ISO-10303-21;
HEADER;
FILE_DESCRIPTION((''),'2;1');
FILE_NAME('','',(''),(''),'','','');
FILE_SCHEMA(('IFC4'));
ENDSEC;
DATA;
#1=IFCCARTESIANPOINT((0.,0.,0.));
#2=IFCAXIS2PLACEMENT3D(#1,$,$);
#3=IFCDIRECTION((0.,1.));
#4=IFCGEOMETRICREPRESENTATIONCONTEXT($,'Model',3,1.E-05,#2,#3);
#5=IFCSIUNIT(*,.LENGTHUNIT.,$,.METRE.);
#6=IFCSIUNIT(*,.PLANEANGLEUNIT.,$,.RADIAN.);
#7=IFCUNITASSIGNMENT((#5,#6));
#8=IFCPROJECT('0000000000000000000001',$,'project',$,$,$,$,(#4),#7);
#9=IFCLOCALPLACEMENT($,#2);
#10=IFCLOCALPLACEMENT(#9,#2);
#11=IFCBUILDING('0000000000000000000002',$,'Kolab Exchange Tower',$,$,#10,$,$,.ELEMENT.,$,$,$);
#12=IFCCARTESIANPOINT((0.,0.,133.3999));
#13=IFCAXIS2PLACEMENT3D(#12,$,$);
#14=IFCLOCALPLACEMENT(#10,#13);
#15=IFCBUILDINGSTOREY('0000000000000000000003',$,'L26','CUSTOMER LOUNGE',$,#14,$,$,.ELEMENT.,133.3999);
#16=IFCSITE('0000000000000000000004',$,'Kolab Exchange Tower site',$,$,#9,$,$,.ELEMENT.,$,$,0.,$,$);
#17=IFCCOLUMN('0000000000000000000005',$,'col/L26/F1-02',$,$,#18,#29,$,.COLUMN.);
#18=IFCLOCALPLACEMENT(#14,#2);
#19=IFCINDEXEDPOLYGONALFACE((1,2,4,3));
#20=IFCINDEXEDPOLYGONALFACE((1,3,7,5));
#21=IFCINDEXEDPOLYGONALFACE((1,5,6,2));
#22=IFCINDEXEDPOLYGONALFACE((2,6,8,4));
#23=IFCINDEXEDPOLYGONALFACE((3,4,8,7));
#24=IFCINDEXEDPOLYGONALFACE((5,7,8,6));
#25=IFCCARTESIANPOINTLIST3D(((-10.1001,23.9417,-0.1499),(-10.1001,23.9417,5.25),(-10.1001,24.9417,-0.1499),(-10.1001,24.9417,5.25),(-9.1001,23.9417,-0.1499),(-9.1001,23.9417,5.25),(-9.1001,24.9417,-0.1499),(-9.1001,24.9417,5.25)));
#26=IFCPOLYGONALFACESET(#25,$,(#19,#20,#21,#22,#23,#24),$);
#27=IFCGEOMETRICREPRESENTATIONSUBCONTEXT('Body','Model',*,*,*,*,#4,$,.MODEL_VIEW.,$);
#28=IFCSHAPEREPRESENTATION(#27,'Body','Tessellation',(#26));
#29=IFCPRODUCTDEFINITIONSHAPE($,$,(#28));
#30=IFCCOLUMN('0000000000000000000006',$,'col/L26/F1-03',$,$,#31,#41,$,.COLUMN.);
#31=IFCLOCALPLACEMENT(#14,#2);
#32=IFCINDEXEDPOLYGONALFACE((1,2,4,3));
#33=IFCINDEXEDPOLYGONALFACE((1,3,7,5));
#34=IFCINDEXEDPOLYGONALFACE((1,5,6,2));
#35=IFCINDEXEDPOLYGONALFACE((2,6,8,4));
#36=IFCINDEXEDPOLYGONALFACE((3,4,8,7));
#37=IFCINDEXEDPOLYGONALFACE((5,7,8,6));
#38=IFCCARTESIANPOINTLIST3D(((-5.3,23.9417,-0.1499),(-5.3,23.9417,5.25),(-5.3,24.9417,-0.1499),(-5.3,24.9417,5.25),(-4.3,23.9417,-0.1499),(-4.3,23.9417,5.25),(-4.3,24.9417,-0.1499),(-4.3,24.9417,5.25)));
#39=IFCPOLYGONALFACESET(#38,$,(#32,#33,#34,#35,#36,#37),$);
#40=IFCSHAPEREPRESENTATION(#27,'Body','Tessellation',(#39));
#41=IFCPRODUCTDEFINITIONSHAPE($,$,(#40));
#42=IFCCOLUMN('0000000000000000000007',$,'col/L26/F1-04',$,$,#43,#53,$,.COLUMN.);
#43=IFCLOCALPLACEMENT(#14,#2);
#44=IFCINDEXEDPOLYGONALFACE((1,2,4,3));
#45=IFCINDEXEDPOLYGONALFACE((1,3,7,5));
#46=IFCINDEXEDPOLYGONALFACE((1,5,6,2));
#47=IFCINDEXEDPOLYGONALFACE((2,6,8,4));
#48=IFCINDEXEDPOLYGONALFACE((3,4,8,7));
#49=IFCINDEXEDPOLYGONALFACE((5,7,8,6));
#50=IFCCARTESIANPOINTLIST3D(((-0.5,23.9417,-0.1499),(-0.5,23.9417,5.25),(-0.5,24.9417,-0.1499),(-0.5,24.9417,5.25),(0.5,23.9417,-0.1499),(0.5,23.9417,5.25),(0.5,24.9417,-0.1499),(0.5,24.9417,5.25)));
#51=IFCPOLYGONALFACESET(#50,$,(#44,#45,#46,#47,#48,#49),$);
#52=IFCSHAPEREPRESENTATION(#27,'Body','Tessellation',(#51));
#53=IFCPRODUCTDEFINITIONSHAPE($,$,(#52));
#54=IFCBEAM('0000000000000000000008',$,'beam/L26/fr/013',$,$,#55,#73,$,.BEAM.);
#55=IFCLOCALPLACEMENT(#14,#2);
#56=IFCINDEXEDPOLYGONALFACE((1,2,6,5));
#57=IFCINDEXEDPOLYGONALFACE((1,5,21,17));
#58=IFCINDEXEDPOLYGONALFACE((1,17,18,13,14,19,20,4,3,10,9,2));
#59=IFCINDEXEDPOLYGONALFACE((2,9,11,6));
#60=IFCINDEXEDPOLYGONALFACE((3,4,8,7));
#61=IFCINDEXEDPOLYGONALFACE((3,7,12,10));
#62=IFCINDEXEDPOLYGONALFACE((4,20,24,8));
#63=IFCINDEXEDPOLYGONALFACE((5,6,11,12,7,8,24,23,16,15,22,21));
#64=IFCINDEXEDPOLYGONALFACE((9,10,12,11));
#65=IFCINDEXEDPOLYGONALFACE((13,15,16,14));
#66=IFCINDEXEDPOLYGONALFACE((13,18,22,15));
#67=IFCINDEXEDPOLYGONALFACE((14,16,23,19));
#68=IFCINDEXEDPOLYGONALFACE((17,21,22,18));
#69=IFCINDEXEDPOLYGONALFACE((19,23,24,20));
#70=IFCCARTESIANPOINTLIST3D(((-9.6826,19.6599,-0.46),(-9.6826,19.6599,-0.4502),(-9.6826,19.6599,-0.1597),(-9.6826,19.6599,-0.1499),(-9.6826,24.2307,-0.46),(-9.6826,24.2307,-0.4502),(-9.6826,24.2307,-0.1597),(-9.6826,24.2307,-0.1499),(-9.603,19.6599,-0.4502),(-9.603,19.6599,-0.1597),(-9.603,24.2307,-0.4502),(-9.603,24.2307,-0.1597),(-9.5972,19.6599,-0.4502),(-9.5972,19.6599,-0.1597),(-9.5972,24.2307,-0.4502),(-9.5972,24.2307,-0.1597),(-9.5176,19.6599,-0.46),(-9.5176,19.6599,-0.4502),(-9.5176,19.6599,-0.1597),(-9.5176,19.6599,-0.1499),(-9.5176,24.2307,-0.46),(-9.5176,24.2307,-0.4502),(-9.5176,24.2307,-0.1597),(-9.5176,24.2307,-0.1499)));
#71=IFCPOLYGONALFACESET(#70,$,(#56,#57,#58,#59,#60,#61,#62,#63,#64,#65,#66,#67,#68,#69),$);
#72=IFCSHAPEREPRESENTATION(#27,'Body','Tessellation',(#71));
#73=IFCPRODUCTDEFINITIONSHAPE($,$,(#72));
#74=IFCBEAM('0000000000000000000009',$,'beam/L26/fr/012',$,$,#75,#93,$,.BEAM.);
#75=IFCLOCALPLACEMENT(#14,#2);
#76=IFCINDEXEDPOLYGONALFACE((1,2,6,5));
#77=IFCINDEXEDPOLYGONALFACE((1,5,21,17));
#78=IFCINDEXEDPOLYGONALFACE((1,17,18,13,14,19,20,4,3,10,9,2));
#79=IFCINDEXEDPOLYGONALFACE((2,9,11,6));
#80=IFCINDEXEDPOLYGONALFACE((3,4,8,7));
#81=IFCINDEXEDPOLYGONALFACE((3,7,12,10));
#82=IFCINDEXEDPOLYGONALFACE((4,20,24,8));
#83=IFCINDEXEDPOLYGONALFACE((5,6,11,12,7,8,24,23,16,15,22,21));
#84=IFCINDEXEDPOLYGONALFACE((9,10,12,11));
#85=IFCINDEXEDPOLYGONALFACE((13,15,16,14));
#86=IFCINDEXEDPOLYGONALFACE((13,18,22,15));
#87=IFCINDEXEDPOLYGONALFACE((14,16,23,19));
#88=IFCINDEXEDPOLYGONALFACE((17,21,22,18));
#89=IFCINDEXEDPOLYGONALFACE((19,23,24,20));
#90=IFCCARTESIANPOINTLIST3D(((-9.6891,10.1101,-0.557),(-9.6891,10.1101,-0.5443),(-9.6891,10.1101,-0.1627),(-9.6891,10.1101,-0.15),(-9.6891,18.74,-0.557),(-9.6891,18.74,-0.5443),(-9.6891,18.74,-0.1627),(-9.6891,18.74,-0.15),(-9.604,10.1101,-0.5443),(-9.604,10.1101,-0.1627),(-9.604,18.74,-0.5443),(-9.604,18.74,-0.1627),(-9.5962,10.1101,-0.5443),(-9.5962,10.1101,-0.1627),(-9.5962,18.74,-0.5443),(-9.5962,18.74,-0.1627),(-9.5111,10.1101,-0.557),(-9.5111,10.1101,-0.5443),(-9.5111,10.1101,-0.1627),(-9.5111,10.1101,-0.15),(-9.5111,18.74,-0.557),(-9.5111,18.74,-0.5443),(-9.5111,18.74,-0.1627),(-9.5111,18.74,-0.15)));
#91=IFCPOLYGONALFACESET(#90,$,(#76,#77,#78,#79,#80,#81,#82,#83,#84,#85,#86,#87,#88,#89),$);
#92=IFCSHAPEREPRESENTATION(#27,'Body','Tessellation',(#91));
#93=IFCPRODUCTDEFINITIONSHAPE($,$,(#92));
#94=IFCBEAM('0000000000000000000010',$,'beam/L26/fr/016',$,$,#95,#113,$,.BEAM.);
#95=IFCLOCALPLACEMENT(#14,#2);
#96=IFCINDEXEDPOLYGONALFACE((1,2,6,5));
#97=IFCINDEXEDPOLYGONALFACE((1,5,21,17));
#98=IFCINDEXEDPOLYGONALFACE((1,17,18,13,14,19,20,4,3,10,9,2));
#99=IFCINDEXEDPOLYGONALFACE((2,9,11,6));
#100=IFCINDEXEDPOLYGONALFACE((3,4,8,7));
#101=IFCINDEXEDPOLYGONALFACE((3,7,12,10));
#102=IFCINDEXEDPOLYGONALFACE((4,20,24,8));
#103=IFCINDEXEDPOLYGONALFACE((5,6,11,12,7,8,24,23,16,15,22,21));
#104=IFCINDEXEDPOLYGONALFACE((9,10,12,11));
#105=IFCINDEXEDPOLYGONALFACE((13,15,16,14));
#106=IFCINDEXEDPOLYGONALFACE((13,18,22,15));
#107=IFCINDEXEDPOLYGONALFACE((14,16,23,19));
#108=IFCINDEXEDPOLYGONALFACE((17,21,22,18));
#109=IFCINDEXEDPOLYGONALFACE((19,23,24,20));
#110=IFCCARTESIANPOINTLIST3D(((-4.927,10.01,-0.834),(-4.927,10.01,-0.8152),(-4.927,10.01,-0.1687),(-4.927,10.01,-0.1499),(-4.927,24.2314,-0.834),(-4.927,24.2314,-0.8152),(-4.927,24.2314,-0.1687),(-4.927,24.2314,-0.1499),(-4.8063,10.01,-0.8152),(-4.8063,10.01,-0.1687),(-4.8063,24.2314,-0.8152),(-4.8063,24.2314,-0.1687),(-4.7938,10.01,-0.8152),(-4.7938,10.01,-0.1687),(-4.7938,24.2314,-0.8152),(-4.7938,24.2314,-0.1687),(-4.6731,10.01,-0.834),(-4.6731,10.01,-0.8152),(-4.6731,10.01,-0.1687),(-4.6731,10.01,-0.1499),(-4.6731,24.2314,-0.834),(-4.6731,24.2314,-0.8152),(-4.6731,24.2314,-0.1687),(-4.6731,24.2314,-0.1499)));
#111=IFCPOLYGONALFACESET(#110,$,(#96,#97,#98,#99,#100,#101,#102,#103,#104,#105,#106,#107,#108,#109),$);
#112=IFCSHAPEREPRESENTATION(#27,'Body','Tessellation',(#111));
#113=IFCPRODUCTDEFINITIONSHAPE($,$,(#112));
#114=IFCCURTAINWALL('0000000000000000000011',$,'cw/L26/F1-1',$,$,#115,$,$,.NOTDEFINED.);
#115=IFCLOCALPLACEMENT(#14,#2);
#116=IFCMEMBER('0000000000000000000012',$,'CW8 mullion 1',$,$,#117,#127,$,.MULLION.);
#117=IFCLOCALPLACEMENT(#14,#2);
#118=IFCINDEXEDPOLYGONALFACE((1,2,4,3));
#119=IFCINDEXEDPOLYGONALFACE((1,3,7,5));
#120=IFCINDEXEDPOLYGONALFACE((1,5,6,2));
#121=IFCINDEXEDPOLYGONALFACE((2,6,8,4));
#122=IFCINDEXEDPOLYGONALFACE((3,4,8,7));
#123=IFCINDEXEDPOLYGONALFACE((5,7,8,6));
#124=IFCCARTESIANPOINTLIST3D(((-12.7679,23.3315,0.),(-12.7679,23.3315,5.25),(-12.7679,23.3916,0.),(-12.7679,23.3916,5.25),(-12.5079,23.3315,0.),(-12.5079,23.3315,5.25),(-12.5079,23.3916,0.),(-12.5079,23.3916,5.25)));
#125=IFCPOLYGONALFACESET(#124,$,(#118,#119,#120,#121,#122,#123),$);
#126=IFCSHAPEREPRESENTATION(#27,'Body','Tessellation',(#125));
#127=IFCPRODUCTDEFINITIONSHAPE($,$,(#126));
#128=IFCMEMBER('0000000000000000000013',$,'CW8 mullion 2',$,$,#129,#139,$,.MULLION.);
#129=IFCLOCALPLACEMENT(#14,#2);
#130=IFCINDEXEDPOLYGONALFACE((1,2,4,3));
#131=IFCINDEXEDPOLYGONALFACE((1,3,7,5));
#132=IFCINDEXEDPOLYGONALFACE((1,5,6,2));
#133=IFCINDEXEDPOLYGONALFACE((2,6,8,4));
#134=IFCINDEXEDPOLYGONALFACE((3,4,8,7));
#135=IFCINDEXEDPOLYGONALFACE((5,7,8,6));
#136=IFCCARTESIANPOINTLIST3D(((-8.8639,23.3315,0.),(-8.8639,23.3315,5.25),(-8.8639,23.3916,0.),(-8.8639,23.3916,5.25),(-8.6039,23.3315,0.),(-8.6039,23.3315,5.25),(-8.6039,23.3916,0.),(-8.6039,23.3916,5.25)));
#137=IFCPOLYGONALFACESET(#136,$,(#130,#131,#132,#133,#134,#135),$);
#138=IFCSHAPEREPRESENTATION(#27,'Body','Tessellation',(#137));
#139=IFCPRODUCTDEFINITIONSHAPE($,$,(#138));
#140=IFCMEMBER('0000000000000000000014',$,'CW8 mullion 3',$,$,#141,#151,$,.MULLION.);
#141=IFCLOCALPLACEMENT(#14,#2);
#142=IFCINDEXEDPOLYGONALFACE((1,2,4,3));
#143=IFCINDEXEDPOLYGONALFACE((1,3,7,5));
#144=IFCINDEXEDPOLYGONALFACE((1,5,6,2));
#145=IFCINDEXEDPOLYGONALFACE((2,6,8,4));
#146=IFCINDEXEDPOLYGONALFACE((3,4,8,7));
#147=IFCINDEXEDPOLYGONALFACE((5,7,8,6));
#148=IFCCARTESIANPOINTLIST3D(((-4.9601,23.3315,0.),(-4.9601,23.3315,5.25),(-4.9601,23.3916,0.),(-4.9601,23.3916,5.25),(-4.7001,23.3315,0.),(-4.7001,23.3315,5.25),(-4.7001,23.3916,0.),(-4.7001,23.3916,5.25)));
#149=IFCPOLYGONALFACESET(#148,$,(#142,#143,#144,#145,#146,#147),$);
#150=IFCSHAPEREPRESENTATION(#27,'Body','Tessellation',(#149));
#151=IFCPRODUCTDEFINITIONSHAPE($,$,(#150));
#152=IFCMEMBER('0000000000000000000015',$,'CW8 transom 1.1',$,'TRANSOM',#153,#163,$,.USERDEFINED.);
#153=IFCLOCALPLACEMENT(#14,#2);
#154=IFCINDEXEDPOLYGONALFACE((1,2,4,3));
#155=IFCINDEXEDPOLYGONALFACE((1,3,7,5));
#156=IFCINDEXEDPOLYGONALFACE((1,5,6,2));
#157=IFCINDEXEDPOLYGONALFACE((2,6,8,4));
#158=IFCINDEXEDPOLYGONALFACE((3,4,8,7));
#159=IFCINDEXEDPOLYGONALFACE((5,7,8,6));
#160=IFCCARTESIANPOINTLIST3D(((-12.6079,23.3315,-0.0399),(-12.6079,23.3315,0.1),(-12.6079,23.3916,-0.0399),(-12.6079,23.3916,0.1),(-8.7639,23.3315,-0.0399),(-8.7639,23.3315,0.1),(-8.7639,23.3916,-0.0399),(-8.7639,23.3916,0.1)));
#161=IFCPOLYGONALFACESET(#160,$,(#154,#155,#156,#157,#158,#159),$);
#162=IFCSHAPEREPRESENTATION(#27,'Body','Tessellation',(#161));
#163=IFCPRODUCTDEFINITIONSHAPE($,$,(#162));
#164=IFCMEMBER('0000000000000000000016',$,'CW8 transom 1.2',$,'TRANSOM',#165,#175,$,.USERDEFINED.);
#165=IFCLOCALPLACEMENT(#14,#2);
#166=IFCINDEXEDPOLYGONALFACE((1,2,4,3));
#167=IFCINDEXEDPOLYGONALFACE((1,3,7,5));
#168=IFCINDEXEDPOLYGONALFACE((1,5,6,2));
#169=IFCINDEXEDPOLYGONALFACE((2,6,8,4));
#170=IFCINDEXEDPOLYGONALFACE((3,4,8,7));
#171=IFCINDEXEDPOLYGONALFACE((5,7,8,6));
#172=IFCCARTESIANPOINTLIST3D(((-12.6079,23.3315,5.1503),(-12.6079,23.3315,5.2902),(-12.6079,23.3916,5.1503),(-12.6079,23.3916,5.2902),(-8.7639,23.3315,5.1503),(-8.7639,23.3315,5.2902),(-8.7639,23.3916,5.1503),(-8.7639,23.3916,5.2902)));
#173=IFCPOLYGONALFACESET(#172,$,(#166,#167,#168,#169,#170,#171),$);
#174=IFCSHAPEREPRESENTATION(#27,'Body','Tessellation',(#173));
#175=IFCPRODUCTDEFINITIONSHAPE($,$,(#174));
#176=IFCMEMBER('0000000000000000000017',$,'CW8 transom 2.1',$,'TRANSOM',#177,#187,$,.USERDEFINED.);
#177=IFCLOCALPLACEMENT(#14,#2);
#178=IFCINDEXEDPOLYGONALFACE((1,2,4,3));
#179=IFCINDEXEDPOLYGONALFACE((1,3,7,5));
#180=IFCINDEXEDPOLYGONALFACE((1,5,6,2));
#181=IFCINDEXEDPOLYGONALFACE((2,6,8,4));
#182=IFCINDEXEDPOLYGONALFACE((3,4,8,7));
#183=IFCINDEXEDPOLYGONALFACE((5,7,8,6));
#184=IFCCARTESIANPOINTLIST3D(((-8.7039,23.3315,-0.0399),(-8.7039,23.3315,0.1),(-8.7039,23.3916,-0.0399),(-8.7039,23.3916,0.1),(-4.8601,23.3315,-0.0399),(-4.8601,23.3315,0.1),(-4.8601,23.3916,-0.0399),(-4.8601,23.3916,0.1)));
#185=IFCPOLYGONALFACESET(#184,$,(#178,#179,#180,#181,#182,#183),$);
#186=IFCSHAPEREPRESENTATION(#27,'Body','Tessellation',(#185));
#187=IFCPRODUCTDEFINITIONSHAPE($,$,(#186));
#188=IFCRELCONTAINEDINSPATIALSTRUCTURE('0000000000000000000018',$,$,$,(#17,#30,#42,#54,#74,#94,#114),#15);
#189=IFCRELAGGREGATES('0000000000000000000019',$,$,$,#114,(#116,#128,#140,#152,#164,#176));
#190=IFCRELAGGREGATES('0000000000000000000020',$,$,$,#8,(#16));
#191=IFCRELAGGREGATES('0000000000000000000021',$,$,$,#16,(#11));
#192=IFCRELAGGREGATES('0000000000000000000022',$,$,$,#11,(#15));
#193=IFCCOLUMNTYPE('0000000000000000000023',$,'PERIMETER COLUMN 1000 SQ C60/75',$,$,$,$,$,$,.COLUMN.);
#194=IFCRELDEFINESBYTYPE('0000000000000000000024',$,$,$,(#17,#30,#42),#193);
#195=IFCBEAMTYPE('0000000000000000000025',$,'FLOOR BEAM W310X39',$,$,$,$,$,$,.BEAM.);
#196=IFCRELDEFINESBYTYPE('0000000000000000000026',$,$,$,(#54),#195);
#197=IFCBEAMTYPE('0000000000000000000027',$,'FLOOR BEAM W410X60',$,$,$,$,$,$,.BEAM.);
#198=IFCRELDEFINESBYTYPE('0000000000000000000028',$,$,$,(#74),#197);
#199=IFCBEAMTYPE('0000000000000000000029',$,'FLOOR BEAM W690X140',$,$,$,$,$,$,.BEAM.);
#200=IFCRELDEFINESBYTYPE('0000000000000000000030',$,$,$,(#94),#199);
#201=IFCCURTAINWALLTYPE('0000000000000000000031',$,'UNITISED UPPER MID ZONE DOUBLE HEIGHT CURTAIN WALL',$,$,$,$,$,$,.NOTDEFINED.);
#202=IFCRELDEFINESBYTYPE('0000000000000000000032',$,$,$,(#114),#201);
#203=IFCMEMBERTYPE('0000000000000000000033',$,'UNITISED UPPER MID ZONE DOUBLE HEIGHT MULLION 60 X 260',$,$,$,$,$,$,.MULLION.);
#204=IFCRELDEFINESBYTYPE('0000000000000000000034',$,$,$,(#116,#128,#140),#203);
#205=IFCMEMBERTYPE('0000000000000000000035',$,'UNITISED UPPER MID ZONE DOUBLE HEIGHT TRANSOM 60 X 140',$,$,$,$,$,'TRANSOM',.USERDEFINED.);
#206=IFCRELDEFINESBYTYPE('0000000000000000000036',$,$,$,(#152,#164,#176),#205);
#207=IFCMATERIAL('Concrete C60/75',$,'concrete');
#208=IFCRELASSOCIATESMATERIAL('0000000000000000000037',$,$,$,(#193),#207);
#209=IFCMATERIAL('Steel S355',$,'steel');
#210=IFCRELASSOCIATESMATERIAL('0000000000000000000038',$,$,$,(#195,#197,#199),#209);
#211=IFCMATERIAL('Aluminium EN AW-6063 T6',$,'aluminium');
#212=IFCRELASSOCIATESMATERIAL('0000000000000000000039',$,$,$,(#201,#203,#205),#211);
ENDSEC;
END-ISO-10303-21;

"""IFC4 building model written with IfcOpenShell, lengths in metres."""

from ifc_helpers import new_model, si_unit, direction, frame, origin, origin_2d, place, context, subcontext, project, spatial, rectangle, i_section, extrude, material, material_profile, profile_set, type_object, element, aggregate, save


model = new_model("IFC4")

# Units and contexts
model_context = context("Model", 3, precision=1e-05, world=origin(), true_north=direction((0.0, 1.0)))
body_context = subcontext(model_context, "Body", "Model", "MODEL_VIEW")
ifc_project = project(units=[si_unit("LENGTHUNIT", "METRE"), si_unit("PLANEANGLEUNIT", "RADIAN")], contexts=[model_context])

# Site, building, storey
site_placement = place(None, origin())
site = spatial("IfcSite", under=ifc_project, at=site_placement, Name="Kolab Exchange Tower site", CompositionType="ELEMENT", RefElevation=0.0)
building_placement = place(site_placement, origin())
building = spatial("IfcBuilding", under=site, at=building_placement, Name="Kolab Exchange Tower", CompositionType="ELEMENT")
storey_placement = place(building_placement, frame((0.0, 0.0, 133.3999)))
storey = spatial("IfcBuildingStorey", under=building, at=storey_placement, Name="L26", Description="CUSTOMER LOUNGE", CompositionType="ELEMENT", Elevation=133.3999)

# Columns
ifc_material_1 = material(Name="Concrete C60/75", Category="concrete")
ifc_material_profile_1 = material_profile(ifc_material_1, rectangle(XDim=1.0, YDim=1.0, at=origin_2d()), Name="RC1000")
ifc_profile_set_1 = profile_set([ifc_material_profile_1], Name="Concrete C60/75")
column_type = type_object("IfcColumnType", Name="PERIMETER COLUMN 1000 SQ C60/75", PredefinedType="COLUMN", material=ifc_profile_set_1)
for number, where, z_axis, x_axis, name in (
    (1, (-9.6001, 24.4417, -0.1499), (0.0, 0.0, 1.0), (1.0, 0.0, 0.0), "col/L26/F1-02"),
    (2, (-4.8, 24.4417, -0.1499), (0.0, 0.0, 1.0), (1.0, 0.0, 0.0), "col/L26/F1-03"),
    (3, (0.0, 24.4417, -0.1499), (0.0, 0.0, 1.0), (1.0, 0.0, 0.0), "col/L26/F1-04"),
):
    element("IfcColumn", number, at=place(storey_placement, frame(where, z_axis=z_axis, x_axis=x_axis)), inside=storey, type_object=column_type, Name=name, PredefinedType="COLUMN", context=body_context, shape_type="SweptSolid", body=[
        extrude(rectangle(XDim=1.0, YDim=1.0, at=origin_2d()), origin(), (0.0, 0.0, 1.0), 5.3999),
    ])

# Beams
ifc_material_2 = material(Name="Steel S355", Category="steel")
ifc_material_profile_2 = material_profile(ifc_material_2, i_section(OverallWidth=0.165, OverallDepth=0.3101, WebThickness=0.0059, FlangeThickness=0.0098, at=origin_2d()), Name="W310X39")
ifc_profile_set_2 = profile_set([ifc_material_profile_2], Name="Steel S355")
beam_type_1 = type_object("IfcBeamType", Name="FLOOR BEAM W310X39", PredefinedType="BEAM", material=ifc_profile_set_2)
beam_1_placement = place(storey_placement, frame((-9.6001, 19.6599, -0.3049), z_axis=(0.0, 1.0, 0.0), x_axis=(-1.0, 0.0, 0.0)))
element("IfcBeam", 4, at=beam_1_placement, inside=storey, type_object=beam_type_1, Name="beam/L26/fr/013", PredefinedType="BEAM", context=body_context, shape_type="SweptSolid", body=[
    extrude(i_section(OverallWidth=0.165, OverallDepth=0.3101, WebThickness=0.0059, FlangeThickness=0.0098, at=origin_2d()), origin(), (0.0, 0.0, 1.0), 4.5708),
])
ifc_material_profile_3 = material_profile(ifc_material_2, i_section(OverallWidth=0.178, OverallDepth=0.407, WebThickness=0.0078, FlangeThickness=0.0127, at=origin_2d()), Name="W410X60")
ifc_profile_set_3 = profile_set([ifc_material_profile_3], Name="Steel S355")
beam_type_2 = type_object("IfcBeamType", Name="FLOOR BEAM W410X60", PredefinedType="BEAM", material=ifc_profile_set_3)
beam_2_placement = place(storey_placement, frame((-9.6001, 10.1101, -0.3535), z_axis=(0.0, 1.0, 0.0), x_axis=(-1.0, 0.0, 0.0)))
element("IfcBeam", 5, at=beam_2_placement, inside=storey, type_object=beam_type_2, Name="beam/L26/fr/012", PredefinedType="BEAM", context=body_context, shape_type="SweptSolid", body=[
    extrude(i_section(OverallWidth=0.178, OverallDepth=0.407, WebThickness=0.0078, FlangeThickness=0.0127, at=origin_2d()), origin(), (0.0, 0.0, 1.0), 8.6299),
])
ifc_material_profile_4 = material_profile(ifc_material_2, i_section(OverallWidth=0.2539, OverallDepth=0.6841, WebThickness=0.0125, FlangeThickness=0.0188, at=origin_2d()), Name="W690X140")
ifc_profile_set_4 = profile_set([ifc_material_profile_4], Name="Steel S355")
beam_type_3 = type_object("IfcBeamType", Name="FLOOR BEAM W690X140", PredefinedType="BEAM", material=ifc_profile_set_4)
beam_3_placement = place(storey_placement, frame((-4.8, 10.01, -0.4919), z_axis=(0.0, 1.0, 0.0), x_axis=(-1.0, 0.0, 0.0)))
element("IfcBeam", 6, at=beam_3_placement, inside=storey, type_object=beam_type_3, Name="beam/L26/fr/016", PredefinedType="BEAM", context=body_context, shape_type="SweptSolid", body=[
    extrude(i_section(OverallWidth=0.2539, OverallDepth=0.6841, WebThickness=0.0125, FlangeThickness=0.0188, at=origin_2d()), origin(), (0.0, 0.0, 1.0), 14.2214),
])

# Curtain wall, members
ifc_material_3 = material(Name="Aluminium EN AW-6063 T6", Category="aluminium")
curtain_wall_type = type_object("IfcCurtainWallType", Name="UNITISED UPPER MID ZONE DOUBLE HEIGHT CURTAIN WALL", PredefinedType="NOTDEFINED", material=ifc_material_3)
curtain_wall_placement = place(storey_placement, origin())
curtain_wall = element("IfcCurtainWall", 7, at=curtain_wall_placement, inside=storey, type_object=curtain_wall_type, Name="cw/L26/F1-1", PredefinedType="NOTDEFINED")
ifc_material_profile_5 = material_profile(ifc_material_3, rectangle(XDim=0.0601, YDim=0.26, at=origin_2d()), Name="RECT 60X260")
ifc_profile_set_5 = profile_set([ifc_material_profile_5], Name="Aluminium EN AW-6063 T6")
member_type_1 = type_object("IfcMemberType", Name="UNITISED UPPER MID ZONE DOUBLE HEIGHT MULLION 60 X 260", PredefinedType="MULLION", material=ifc_profile_set_5)
member_1_placement = place(storey_placement, frame((-12.6379, 23.3616, 0.0), z_axis=(0.0, 0.0, 1.0), x_axis=(0.0, 1.0, 0.0)))
member_1 = element("IfcMember", 8, at=member_1_placement, type_object=member_type_1, Name="CW8 mullion 1", PredefinedType="MULLION", context=body_context, shape_type="SweptSolid", body=[
    extrude(rectangle(XDim=0.0601, YDim=0.26, at=origin_2d()), origin(), (0.0, 0.0, 1.0), 5.25),
])
member_2_placement = place(storey_placement, frame((-8.7339, 23.3616, 0.0), z_axis=(0.0, 0.0, 1.0), x_axis=(0.0, 1.0, 0.0)))
member_2 = element("IfcMember", 9, at=member_2_placement, type_object=member_type_1, Name="CW8 mullion 2", PredefinedType="MULLION", context=body_context, shape_type="SweptSolid", body=[
    extrude(rectangle(XDim=0.0601, YDim=0.26, at=origin_2d()), origin(), (0.0, 0.0, 1.0), 5.25),
])
member_3_placement = place(storey_placement, frame((-4.8301, 23.3616, 0.0), z_axis=(0.0, 0.0, 1.0), x_axis=(0.0, 1.0, 0.0)))
member_3 = element("IfcMember", 10, at=member_3_placement, type_object=member_type_1, Name="CW8 mullion 3", PredefinedType="MULLION", context=body_context, shape_type="SweptSolid", body=[
    extrude(rectangle(XDim=0.0601, YDim=0.26, at=origin_2d()), origin(), (0.0, 0.0, 1.0), 5.25),
])
ifc_material_profile_6 = material_profile(ifc_material_3, rectangle(XDim=0.0601, YDim=0.1399, at=origin_2d()), Name="RECT 60X140")
ifc_profile_set_6 = profile_set([ifc_material_profile_6], Name="Aluminium EN AW-6063 T6")
member_type_2 = type_object("IfcMemberType", Name="UNITISED UPPER MID ZONE DOUBLE HEIGHT TRANSOM 60 X 140", ElementType="TRANSOM", PredefinedType="USERDEFINED", material=ifc_profile_set_6)
member_4_placement = place(storey_placement, frame((-12.6079, 23.3616, 0.03), z_axis=(1.0, 0.0, 0.0), x_axis=(0.0, 1.0, 0.0)))
member_4 = element("IfcMember", 11, at=member_4_placement, type_object=member_type_2, Name="CW8 transom 1.1", ObjectType="TRANSOM", PredefinedType="USERDEFINED", context=body_context, shape_type="SweptSolid", body=[
    extrude(rectangle(XDim=0.0601, YDim=0.1399, at=origin_2d()), origin(), (0.0, 0.0, 1.0), 3.844),
])
member_5_placement = place(storey_placement, frame((-12.6079, 23.3616, 5.2202), z_axis=(1.0, 0.0, 0.0), x_axis=(0.0, 1.0, 0.0)))
member_5 = element("IfcMember", 12, at=member_5_placement, type_object=member_type_2, Name="CW8 transom 1.2", ObjectType="TRANSOM", PredefinedType="USERDEFINED", context=body_context, shape_type="SweptSolid", body=[
    extrude(rectangle(XDim=0.0601, YDim=0.1399, at=origin_2d()), origin(), (0.0, 0.0, 1.0), 3.844),
])
member_6_placement = place(storey_placement, frame((-8.7039, 23.3616, 0.03), z_axis=(1.0, 0.0, 0.0), x_axis=(0.0, 1.0, 0.0)))
member_6 = element("IfcMember", 13, at=member_6_placement, type_object=member_type_2, Name="CW8 transom 2.1", ObjectType="TRANSOM", PredefinedType="USERDEFINED", context=body_context, shape_type="SweptSolid", body=[
    extrude(rectangle(XDim=0.0601, YDim=0.1399, at=origin_2d()), origin(), (0.0, 0.0, 1.0), 3.8438),
])
aggregate(curtain_wall, [member_1, member_2, member_3, member_4, member_5, member_6])

save(model, "model.ifc")
